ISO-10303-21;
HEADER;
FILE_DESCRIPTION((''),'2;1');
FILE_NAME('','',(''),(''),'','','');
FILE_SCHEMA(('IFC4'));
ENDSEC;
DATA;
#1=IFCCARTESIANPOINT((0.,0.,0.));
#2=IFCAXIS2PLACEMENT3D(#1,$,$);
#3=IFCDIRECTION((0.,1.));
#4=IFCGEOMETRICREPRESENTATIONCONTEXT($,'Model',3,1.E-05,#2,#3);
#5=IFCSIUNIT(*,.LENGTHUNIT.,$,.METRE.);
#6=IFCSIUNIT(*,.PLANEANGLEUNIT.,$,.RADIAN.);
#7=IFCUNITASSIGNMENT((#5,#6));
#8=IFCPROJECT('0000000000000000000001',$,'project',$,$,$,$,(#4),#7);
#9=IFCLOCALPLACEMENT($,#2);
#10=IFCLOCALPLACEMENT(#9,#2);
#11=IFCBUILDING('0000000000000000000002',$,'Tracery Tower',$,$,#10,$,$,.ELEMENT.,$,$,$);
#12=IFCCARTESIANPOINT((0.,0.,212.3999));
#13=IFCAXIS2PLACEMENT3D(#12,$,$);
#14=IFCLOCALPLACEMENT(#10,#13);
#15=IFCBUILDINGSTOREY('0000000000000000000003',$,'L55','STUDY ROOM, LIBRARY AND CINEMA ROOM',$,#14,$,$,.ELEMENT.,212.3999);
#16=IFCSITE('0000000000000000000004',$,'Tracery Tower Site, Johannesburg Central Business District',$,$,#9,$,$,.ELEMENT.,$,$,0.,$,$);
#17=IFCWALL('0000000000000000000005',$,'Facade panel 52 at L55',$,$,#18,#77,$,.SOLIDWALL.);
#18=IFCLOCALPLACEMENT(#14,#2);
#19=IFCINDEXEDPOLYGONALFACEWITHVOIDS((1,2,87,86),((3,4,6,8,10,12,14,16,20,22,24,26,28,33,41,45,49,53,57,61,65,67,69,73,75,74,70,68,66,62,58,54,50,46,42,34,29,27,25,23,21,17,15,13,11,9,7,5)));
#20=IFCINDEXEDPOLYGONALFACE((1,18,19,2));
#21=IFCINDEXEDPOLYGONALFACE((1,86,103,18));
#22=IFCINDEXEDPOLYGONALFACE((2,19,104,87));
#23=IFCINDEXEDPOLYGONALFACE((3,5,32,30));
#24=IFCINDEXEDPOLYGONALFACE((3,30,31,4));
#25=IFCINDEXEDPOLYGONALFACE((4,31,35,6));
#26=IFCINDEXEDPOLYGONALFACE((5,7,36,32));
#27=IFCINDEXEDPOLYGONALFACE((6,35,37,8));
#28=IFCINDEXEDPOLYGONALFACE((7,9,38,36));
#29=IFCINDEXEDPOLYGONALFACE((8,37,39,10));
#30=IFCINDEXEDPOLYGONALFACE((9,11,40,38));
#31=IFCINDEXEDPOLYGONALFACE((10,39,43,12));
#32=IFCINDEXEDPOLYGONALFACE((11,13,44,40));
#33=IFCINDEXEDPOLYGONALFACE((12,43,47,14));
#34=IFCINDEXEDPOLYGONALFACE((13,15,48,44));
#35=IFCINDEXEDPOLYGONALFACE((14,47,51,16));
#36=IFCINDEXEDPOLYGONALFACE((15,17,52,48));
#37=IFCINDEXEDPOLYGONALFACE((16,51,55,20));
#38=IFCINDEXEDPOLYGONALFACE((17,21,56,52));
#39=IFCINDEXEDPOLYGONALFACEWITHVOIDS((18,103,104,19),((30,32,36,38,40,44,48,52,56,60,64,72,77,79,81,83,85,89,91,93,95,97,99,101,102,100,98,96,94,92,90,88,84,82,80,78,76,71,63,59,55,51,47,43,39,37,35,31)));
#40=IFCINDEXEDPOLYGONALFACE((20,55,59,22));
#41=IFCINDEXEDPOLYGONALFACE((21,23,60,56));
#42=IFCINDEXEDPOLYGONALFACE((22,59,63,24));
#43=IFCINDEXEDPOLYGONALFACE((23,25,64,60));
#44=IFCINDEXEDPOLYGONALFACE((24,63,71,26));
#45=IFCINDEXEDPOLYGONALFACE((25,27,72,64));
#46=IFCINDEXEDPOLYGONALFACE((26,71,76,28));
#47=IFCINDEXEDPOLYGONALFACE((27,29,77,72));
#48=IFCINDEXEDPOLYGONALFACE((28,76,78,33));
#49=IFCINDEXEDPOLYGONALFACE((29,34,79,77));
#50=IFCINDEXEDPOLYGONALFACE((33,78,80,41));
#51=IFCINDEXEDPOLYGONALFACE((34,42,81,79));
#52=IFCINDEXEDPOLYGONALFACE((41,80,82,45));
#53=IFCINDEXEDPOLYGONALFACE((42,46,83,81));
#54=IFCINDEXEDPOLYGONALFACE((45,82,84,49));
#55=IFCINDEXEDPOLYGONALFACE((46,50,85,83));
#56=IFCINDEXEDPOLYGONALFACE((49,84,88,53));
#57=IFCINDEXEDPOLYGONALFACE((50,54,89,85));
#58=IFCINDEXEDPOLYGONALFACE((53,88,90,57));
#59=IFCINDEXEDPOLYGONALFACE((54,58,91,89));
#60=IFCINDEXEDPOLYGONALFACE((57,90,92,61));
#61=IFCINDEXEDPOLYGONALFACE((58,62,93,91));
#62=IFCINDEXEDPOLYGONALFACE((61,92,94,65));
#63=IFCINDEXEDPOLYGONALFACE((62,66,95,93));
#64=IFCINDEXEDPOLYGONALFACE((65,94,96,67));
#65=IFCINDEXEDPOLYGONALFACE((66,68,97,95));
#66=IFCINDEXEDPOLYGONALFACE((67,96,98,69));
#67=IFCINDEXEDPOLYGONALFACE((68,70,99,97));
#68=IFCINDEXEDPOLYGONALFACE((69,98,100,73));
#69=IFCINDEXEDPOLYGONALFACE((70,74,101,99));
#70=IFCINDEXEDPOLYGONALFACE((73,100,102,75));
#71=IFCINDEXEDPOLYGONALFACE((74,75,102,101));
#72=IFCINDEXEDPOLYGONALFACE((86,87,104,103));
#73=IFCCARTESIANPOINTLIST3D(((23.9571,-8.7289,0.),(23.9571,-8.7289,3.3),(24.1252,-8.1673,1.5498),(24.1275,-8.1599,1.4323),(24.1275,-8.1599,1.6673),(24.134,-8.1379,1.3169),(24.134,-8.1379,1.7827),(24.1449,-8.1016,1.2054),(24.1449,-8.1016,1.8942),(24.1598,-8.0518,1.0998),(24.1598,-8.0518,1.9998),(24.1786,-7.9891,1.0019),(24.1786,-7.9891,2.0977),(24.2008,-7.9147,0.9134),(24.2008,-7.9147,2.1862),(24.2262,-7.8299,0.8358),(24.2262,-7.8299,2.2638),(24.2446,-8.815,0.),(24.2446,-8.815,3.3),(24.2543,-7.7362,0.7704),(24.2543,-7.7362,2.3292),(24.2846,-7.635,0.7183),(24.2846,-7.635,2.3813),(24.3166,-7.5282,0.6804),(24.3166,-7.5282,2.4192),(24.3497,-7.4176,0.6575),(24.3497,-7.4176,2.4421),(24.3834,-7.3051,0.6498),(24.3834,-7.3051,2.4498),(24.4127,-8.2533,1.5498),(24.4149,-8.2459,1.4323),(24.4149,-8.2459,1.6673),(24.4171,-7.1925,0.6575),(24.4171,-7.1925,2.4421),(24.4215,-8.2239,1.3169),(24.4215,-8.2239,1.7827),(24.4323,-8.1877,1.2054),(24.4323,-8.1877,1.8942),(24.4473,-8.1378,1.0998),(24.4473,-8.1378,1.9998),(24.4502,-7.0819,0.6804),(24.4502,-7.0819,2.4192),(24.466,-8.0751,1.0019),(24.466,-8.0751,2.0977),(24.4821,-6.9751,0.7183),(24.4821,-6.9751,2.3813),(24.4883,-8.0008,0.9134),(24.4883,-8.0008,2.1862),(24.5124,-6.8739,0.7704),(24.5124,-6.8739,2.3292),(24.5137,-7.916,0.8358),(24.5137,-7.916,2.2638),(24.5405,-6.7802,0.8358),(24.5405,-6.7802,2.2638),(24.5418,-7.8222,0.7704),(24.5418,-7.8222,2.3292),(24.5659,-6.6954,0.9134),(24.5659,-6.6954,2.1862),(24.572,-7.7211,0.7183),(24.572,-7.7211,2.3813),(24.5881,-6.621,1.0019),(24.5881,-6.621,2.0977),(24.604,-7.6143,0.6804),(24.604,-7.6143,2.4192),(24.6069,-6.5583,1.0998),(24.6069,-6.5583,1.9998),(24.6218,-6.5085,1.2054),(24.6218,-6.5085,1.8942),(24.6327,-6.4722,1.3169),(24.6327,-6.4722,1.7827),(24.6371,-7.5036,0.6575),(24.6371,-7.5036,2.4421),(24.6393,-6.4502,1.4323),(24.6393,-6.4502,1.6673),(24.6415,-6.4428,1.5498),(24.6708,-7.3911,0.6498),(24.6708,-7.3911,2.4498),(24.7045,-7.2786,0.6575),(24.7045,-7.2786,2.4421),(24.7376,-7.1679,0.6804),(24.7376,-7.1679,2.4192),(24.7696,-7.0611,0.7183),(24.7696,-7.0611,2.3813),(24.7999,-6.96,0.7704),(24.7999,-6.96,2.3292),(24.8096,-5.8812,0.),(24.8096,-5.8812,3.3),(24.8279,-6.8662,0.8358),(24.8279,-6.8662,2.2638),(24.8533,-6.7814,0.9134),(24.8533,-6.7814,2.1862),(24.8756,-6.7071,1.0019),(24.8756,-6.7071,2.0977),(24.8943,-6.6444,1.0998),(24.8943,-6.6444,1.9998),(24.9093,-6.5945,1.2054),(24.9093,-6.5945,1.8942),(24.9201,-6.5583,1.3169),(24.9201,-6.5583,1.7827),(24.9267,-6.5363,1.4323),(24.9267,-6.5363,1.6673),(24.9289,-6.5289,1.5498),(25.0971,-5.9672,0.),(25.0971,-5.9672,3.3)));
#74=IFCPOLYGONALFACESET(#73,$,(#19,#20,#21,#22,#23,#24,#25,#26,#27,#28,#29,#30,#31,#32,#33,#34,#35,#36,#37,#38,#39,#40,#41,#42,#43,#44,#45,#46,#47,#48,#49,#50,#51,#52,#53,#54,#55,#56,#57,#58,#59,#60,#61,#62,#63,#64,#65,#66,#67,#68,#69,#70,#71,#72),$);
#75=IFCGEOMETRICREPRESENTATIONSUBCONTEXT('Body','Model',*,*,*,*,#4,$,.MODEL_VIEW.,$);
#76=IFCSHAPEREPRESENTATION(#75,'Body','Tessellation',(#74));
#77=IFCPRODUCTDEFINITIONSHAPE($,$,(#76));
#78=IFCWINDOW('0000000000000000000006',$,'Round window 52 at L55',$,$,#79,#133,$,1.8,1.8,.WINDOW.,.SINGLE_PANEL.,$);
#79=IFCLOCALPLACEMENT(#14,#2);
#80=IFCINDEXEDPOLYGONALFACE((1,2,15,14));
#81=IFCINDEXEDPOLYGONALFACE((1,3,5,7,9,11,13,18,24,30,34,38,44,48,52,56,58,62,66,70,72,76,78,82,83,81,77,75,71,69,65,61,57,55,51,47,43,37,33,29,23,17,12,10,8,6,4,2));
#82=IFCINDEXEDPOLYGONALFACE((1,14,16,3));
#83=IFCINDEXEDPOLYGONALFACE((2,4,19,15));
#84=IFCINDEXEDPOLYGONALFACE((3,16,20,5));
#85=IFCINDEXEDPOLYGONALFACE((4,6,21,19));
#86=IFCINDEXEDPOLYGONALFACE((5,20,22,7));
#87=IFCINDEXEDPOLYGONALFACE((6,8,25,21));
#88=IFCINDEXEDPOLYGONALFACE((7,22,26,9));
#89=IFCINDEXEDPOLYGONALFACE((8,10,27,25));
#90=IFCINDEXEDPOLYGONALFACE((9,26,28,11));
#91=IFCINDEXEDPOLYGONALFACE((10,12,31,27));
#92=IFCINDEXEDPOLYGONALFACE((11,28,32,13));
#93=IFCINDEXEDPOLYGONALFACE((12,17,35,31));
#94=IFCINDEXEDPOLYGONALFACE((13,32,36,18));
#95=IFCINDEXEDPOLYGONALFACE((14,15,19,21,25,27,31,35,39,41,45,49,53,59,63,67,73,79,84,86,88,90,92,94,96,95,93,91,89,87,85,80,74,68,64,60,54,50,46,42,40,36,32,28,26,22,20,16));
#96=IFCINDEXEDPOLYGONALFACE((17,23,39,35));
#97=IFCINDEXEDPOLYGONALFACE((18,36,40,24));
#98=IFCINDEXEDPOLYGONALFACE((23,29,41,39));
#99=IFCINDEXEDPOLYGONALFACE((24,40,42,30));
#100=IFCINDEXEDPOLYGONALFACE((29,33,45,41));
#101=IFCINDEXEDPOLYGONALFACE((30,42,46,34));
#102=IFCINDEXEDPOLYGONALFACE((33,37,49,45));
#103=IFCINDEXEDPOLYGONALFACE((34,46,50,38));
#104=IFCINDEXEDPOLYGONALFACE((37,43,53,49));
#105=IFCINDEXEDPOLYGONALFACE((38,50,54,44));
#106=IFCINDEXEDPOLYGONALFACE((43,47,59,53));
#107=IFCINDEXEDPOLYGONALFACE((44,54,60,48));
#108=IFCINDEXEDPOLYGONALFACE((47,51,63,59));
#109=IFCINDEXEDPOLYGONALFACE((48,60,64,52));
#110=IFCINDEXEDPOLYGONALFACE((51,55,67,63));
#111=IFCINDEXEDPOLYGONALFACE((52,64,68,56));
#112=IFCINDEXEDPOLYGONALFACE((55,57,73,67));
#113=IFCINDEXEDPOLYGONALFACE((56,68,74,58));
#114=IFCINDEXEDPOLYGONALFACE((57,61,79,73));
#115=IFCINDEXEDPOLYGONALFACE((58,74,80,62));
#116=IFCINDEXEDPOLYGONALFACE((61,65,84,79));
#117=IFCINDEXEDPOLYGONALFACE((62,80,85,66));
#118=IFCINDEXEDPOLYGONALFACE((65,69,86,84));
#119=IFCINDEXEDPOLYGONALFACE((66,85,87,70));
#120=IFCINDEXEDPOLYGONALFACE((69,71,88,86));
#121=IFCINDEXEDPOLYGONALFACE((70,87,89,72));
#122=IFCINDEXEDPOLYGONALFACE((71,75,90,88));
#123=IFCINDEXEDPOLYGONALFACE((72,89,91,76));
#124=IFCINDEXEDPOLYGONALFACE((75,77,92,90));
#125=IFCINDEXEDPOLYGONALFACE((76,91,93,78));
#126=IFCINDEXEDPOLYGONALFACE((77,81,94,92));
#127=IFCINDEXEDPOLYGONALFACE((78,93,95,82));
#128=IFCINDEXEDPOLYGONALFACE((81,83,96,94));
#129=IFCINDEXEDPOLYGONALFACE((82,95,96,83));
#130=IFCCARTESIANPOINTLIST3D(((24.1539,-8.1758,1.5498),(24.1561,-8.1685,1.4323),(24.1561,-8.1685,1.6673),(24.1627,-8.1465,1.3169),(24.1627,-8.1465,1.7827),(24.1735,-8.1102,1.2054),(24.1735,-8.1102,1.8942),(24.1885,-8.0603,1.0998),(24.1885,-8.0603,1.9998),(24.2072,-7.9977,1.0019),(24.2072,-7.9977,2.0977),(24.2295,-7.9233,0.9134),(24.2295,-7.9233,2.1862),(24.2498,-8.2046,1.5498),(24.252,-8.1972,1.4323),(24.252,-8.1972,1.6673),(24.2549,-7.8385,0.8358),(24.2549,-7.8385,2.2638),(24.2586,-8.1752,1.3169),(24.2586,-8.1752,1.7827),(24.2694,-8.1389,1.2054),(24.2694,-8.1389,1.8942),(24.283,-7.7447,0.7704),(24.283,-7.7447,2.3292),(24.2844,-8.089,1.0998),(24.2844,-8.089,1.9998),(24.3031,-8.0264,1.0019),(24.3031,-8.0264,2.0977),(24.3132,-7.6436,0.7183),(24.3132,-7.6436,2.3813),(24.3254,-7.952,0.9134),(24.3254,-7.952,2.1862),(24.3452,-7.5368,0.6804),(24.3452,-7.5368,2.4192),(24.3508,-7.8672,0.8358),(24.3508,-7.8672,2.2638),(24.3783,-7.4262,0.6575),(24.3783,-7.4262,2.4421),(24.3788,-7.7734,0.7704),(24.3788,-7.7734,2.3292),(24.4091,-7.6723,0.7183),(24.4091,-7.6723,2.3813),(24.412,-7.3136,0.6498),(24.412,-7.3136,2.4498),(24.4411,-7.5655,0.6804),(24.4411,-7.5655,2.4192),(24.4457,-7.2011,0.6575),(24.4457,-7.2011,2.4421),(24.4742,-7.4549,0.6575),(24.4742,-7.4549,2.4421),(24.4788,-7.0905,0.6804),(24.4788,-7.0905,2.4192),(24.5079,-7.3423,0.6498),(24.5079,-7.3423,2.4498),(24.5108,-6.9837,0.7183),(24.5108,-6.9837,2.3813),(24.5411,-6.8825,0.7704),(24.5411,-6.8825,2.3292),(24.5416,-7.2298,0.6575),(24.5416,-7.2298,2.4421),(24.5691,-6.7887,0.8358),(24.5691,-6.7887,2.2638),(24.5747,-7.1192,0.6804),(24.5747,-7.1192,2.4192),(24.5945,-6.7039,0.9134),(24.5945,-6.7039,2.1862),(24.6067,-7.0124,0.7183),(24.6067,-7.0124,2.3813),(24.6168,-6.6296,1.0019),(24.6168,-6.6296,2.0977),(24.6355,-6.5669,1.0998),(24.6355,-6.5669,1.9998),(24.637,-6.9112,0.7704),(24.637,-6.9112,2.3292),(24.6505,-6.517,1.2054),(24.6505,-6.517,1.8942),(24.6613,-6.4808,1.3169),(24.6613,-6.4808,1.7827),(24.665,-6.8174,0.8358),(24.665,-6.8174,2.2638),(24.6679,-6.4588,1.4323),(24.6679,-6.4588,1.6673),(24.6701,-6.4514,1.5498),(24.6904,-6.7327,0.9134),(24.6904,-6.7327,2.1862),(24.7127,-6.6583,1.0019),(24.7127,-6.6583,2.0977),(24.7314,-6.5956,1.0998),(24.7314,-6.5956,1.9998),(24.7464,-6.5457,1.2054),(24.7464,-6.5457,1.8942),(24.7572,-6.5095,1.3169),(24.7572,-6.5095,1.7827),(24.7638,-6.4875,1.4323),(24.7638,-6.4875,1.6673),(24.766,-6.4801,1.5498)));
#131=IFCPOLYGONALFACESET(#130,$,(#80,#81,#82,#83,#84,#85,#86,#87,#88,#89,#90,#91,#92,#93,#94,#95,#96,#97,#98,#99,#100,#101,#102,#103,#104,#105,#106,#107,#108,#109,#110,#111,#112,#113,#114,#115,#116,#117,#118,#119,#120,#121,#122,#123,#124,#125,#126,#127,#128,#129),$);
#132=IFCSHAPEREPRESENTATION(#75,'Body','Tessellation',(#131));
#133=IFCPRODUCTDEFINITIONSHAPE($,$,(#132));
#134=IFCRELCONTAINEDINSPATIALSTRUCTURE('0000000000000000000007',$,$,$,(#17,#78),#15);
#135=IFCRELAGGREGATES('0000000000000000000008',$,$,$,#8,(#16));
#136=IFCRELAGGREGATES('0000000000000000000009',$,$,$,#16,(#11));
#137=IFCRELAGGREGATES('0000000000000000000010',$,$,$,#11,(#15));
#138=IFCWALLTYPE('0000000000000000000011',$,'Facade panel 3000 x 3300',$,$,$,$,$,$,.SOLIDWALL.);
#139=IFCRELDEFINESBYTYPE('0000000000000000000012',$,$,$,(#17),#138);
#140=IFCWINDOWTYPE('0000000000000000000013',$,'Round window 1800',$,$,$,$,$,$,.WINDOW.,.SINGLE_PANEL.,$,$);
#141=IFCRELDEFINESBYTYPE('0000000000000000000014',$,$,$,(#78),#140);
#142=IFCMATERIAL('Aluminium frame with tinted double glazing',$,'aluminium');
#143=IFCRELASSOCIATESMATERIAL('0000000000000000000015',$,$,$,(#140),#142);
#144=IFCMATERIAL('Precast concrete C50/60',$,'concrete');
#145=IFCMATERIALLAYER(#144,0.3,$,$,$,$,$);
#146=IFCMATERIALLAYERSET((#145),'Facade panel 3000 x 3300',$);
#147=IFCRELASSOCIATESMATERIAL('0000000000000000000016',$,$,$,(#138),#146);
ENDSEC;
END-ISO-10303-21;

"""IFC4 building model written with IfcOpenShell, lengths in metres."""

from ifc_helpers import new_model, si_unit, direction, frame, frame_2d, origin, origin_2d, place, context, subcontext, project, spatial, rectangle, circle, extrude, material, layer, layer_set, type_object, element, fill, save


model = new_model("IFC4")

# Units and contexts
model_context = context("Model", 3, precision=1e-05, world=origin(), true_north=direction((0.0, 1.0)))
body_context = subcontext(model_context, "Body", "Model", "MODEL_VIEW")
ifc_project = project(units=[si_unit("LENGTHUNIT", "METRE"), si_unit("PLANEANGLEUNIT", "RADIAN")], contexts=[model_context])

# Site, building, storey
site_placement = place(None, origin())
site = spatial("IfcSite", under=ifc_project, at=site_placement, Name="Tracery Tower Site, Johannesburg Central Business District", CompositionType="ELEMENT", RefElevation=0.0)
building_placement = place(site_placement, origin())
building = spatial("IfcBuilding", under=site, at=building_placement, Name="Tracery Tower", CompositionType="ELEMENT")
storey_placement = place(building_placement, frame((0.0, 0.0, 212.3999)))
storey = spatial("IfcBuildingStorey", under=building, at=storey_placement, Name="L55", Description="STUDY ROOM, LIBRARY AND CINEMA ROOM", CompositionType="ELEMENT", Elevation=212.3999)

# Wall, opening, window
ifc_material_1 = material(Name="Aluminium frame with tinted double glazing", Category="aluminium")
window_type = type_object("IfcWindowType", Name="Round window 1800", PartitioningType="SINGLE_PANEL", PredefinedType="WINDOW", material=ifc_material_1)
ifc_material_2 = material(Name="Precast concrete C50/60", Category="concrete")
ifc_layer_1 = layer(ifc_material_2, 0.3)
ifc_layer_set_1 = layer_set([ifc_layer_1], Name="Facade panel 3000 x 3300")
wall_type_1 = type_object("IfcWallType", Name="Facade panel 3000 x 3300", PredefinedType="SOLIDWALL", material=ifc_layer_set_1)
wall_1_placement = place(storey_placement, frame((24.1008, -8.772, 0.0), z_axis=(0.0, 0.0, 1.0), x_axis=(0.286783, 0.957996, 0.0)))
wall_1 = element("IfcWall", 1, at=wall_1_placement, inside=storey, type_object=wall_type_1, Name="Facade panel 52 at L55", PredefinedType="SOLIDWALL", context=body_context, shape_type="SweptSolid", body=[
    extrude(rectangle(XDim=2.9727, YDim=0.3, at=frame_2d((1.4863, 0.0))), origin(), (0.0, 0.0, 1.0), 3.3),
])
opening_1_placement = place(wall_1_placement, frame((1.4863, 0.0, 1.5498)))
opening_1 = element("IfcOpeningElement", 2, at=opening_1_placement, cuts=wall_1, PredefinedType="OPENING", context=body_context, shape_type="SweptSolid", body=[
    extrude(circle(Radius=0.9, at=origin_2d()), frame((0.0, 0.1599, 0.0), z_axis=(0.0, -1.0, 0.0), x_axis=(1.0, 0.0, 0.0)), (0.0, 0.0, 1.0), 0.3201),
])
window_1_placement = place(opening_1_placement, origin())
window_1 = element("IfcWindow", 3, at=window_1_placement, inside=storey, type_object=window_type, Name="Round window 52 at L55", OverallHeight=1.8, OverallWidth=1.8, PartitioningType="SINGLE_PANEL", PredefinedType="WINDOW", context=body_context, shape_type="SweptSolid", body=[
    extrude(circle(Radius=0.9, at=origin_2d()), frame((0.0, 0.1201, 0.0), z_axis=(0.0, -1.0, 0.0), x_axis=(1.0, 0.0, 0.0)), (0.0, 0.0, 1.0), 0.1001),
])
fill(opening_1, window_1)

save(model, "model.ifc")
